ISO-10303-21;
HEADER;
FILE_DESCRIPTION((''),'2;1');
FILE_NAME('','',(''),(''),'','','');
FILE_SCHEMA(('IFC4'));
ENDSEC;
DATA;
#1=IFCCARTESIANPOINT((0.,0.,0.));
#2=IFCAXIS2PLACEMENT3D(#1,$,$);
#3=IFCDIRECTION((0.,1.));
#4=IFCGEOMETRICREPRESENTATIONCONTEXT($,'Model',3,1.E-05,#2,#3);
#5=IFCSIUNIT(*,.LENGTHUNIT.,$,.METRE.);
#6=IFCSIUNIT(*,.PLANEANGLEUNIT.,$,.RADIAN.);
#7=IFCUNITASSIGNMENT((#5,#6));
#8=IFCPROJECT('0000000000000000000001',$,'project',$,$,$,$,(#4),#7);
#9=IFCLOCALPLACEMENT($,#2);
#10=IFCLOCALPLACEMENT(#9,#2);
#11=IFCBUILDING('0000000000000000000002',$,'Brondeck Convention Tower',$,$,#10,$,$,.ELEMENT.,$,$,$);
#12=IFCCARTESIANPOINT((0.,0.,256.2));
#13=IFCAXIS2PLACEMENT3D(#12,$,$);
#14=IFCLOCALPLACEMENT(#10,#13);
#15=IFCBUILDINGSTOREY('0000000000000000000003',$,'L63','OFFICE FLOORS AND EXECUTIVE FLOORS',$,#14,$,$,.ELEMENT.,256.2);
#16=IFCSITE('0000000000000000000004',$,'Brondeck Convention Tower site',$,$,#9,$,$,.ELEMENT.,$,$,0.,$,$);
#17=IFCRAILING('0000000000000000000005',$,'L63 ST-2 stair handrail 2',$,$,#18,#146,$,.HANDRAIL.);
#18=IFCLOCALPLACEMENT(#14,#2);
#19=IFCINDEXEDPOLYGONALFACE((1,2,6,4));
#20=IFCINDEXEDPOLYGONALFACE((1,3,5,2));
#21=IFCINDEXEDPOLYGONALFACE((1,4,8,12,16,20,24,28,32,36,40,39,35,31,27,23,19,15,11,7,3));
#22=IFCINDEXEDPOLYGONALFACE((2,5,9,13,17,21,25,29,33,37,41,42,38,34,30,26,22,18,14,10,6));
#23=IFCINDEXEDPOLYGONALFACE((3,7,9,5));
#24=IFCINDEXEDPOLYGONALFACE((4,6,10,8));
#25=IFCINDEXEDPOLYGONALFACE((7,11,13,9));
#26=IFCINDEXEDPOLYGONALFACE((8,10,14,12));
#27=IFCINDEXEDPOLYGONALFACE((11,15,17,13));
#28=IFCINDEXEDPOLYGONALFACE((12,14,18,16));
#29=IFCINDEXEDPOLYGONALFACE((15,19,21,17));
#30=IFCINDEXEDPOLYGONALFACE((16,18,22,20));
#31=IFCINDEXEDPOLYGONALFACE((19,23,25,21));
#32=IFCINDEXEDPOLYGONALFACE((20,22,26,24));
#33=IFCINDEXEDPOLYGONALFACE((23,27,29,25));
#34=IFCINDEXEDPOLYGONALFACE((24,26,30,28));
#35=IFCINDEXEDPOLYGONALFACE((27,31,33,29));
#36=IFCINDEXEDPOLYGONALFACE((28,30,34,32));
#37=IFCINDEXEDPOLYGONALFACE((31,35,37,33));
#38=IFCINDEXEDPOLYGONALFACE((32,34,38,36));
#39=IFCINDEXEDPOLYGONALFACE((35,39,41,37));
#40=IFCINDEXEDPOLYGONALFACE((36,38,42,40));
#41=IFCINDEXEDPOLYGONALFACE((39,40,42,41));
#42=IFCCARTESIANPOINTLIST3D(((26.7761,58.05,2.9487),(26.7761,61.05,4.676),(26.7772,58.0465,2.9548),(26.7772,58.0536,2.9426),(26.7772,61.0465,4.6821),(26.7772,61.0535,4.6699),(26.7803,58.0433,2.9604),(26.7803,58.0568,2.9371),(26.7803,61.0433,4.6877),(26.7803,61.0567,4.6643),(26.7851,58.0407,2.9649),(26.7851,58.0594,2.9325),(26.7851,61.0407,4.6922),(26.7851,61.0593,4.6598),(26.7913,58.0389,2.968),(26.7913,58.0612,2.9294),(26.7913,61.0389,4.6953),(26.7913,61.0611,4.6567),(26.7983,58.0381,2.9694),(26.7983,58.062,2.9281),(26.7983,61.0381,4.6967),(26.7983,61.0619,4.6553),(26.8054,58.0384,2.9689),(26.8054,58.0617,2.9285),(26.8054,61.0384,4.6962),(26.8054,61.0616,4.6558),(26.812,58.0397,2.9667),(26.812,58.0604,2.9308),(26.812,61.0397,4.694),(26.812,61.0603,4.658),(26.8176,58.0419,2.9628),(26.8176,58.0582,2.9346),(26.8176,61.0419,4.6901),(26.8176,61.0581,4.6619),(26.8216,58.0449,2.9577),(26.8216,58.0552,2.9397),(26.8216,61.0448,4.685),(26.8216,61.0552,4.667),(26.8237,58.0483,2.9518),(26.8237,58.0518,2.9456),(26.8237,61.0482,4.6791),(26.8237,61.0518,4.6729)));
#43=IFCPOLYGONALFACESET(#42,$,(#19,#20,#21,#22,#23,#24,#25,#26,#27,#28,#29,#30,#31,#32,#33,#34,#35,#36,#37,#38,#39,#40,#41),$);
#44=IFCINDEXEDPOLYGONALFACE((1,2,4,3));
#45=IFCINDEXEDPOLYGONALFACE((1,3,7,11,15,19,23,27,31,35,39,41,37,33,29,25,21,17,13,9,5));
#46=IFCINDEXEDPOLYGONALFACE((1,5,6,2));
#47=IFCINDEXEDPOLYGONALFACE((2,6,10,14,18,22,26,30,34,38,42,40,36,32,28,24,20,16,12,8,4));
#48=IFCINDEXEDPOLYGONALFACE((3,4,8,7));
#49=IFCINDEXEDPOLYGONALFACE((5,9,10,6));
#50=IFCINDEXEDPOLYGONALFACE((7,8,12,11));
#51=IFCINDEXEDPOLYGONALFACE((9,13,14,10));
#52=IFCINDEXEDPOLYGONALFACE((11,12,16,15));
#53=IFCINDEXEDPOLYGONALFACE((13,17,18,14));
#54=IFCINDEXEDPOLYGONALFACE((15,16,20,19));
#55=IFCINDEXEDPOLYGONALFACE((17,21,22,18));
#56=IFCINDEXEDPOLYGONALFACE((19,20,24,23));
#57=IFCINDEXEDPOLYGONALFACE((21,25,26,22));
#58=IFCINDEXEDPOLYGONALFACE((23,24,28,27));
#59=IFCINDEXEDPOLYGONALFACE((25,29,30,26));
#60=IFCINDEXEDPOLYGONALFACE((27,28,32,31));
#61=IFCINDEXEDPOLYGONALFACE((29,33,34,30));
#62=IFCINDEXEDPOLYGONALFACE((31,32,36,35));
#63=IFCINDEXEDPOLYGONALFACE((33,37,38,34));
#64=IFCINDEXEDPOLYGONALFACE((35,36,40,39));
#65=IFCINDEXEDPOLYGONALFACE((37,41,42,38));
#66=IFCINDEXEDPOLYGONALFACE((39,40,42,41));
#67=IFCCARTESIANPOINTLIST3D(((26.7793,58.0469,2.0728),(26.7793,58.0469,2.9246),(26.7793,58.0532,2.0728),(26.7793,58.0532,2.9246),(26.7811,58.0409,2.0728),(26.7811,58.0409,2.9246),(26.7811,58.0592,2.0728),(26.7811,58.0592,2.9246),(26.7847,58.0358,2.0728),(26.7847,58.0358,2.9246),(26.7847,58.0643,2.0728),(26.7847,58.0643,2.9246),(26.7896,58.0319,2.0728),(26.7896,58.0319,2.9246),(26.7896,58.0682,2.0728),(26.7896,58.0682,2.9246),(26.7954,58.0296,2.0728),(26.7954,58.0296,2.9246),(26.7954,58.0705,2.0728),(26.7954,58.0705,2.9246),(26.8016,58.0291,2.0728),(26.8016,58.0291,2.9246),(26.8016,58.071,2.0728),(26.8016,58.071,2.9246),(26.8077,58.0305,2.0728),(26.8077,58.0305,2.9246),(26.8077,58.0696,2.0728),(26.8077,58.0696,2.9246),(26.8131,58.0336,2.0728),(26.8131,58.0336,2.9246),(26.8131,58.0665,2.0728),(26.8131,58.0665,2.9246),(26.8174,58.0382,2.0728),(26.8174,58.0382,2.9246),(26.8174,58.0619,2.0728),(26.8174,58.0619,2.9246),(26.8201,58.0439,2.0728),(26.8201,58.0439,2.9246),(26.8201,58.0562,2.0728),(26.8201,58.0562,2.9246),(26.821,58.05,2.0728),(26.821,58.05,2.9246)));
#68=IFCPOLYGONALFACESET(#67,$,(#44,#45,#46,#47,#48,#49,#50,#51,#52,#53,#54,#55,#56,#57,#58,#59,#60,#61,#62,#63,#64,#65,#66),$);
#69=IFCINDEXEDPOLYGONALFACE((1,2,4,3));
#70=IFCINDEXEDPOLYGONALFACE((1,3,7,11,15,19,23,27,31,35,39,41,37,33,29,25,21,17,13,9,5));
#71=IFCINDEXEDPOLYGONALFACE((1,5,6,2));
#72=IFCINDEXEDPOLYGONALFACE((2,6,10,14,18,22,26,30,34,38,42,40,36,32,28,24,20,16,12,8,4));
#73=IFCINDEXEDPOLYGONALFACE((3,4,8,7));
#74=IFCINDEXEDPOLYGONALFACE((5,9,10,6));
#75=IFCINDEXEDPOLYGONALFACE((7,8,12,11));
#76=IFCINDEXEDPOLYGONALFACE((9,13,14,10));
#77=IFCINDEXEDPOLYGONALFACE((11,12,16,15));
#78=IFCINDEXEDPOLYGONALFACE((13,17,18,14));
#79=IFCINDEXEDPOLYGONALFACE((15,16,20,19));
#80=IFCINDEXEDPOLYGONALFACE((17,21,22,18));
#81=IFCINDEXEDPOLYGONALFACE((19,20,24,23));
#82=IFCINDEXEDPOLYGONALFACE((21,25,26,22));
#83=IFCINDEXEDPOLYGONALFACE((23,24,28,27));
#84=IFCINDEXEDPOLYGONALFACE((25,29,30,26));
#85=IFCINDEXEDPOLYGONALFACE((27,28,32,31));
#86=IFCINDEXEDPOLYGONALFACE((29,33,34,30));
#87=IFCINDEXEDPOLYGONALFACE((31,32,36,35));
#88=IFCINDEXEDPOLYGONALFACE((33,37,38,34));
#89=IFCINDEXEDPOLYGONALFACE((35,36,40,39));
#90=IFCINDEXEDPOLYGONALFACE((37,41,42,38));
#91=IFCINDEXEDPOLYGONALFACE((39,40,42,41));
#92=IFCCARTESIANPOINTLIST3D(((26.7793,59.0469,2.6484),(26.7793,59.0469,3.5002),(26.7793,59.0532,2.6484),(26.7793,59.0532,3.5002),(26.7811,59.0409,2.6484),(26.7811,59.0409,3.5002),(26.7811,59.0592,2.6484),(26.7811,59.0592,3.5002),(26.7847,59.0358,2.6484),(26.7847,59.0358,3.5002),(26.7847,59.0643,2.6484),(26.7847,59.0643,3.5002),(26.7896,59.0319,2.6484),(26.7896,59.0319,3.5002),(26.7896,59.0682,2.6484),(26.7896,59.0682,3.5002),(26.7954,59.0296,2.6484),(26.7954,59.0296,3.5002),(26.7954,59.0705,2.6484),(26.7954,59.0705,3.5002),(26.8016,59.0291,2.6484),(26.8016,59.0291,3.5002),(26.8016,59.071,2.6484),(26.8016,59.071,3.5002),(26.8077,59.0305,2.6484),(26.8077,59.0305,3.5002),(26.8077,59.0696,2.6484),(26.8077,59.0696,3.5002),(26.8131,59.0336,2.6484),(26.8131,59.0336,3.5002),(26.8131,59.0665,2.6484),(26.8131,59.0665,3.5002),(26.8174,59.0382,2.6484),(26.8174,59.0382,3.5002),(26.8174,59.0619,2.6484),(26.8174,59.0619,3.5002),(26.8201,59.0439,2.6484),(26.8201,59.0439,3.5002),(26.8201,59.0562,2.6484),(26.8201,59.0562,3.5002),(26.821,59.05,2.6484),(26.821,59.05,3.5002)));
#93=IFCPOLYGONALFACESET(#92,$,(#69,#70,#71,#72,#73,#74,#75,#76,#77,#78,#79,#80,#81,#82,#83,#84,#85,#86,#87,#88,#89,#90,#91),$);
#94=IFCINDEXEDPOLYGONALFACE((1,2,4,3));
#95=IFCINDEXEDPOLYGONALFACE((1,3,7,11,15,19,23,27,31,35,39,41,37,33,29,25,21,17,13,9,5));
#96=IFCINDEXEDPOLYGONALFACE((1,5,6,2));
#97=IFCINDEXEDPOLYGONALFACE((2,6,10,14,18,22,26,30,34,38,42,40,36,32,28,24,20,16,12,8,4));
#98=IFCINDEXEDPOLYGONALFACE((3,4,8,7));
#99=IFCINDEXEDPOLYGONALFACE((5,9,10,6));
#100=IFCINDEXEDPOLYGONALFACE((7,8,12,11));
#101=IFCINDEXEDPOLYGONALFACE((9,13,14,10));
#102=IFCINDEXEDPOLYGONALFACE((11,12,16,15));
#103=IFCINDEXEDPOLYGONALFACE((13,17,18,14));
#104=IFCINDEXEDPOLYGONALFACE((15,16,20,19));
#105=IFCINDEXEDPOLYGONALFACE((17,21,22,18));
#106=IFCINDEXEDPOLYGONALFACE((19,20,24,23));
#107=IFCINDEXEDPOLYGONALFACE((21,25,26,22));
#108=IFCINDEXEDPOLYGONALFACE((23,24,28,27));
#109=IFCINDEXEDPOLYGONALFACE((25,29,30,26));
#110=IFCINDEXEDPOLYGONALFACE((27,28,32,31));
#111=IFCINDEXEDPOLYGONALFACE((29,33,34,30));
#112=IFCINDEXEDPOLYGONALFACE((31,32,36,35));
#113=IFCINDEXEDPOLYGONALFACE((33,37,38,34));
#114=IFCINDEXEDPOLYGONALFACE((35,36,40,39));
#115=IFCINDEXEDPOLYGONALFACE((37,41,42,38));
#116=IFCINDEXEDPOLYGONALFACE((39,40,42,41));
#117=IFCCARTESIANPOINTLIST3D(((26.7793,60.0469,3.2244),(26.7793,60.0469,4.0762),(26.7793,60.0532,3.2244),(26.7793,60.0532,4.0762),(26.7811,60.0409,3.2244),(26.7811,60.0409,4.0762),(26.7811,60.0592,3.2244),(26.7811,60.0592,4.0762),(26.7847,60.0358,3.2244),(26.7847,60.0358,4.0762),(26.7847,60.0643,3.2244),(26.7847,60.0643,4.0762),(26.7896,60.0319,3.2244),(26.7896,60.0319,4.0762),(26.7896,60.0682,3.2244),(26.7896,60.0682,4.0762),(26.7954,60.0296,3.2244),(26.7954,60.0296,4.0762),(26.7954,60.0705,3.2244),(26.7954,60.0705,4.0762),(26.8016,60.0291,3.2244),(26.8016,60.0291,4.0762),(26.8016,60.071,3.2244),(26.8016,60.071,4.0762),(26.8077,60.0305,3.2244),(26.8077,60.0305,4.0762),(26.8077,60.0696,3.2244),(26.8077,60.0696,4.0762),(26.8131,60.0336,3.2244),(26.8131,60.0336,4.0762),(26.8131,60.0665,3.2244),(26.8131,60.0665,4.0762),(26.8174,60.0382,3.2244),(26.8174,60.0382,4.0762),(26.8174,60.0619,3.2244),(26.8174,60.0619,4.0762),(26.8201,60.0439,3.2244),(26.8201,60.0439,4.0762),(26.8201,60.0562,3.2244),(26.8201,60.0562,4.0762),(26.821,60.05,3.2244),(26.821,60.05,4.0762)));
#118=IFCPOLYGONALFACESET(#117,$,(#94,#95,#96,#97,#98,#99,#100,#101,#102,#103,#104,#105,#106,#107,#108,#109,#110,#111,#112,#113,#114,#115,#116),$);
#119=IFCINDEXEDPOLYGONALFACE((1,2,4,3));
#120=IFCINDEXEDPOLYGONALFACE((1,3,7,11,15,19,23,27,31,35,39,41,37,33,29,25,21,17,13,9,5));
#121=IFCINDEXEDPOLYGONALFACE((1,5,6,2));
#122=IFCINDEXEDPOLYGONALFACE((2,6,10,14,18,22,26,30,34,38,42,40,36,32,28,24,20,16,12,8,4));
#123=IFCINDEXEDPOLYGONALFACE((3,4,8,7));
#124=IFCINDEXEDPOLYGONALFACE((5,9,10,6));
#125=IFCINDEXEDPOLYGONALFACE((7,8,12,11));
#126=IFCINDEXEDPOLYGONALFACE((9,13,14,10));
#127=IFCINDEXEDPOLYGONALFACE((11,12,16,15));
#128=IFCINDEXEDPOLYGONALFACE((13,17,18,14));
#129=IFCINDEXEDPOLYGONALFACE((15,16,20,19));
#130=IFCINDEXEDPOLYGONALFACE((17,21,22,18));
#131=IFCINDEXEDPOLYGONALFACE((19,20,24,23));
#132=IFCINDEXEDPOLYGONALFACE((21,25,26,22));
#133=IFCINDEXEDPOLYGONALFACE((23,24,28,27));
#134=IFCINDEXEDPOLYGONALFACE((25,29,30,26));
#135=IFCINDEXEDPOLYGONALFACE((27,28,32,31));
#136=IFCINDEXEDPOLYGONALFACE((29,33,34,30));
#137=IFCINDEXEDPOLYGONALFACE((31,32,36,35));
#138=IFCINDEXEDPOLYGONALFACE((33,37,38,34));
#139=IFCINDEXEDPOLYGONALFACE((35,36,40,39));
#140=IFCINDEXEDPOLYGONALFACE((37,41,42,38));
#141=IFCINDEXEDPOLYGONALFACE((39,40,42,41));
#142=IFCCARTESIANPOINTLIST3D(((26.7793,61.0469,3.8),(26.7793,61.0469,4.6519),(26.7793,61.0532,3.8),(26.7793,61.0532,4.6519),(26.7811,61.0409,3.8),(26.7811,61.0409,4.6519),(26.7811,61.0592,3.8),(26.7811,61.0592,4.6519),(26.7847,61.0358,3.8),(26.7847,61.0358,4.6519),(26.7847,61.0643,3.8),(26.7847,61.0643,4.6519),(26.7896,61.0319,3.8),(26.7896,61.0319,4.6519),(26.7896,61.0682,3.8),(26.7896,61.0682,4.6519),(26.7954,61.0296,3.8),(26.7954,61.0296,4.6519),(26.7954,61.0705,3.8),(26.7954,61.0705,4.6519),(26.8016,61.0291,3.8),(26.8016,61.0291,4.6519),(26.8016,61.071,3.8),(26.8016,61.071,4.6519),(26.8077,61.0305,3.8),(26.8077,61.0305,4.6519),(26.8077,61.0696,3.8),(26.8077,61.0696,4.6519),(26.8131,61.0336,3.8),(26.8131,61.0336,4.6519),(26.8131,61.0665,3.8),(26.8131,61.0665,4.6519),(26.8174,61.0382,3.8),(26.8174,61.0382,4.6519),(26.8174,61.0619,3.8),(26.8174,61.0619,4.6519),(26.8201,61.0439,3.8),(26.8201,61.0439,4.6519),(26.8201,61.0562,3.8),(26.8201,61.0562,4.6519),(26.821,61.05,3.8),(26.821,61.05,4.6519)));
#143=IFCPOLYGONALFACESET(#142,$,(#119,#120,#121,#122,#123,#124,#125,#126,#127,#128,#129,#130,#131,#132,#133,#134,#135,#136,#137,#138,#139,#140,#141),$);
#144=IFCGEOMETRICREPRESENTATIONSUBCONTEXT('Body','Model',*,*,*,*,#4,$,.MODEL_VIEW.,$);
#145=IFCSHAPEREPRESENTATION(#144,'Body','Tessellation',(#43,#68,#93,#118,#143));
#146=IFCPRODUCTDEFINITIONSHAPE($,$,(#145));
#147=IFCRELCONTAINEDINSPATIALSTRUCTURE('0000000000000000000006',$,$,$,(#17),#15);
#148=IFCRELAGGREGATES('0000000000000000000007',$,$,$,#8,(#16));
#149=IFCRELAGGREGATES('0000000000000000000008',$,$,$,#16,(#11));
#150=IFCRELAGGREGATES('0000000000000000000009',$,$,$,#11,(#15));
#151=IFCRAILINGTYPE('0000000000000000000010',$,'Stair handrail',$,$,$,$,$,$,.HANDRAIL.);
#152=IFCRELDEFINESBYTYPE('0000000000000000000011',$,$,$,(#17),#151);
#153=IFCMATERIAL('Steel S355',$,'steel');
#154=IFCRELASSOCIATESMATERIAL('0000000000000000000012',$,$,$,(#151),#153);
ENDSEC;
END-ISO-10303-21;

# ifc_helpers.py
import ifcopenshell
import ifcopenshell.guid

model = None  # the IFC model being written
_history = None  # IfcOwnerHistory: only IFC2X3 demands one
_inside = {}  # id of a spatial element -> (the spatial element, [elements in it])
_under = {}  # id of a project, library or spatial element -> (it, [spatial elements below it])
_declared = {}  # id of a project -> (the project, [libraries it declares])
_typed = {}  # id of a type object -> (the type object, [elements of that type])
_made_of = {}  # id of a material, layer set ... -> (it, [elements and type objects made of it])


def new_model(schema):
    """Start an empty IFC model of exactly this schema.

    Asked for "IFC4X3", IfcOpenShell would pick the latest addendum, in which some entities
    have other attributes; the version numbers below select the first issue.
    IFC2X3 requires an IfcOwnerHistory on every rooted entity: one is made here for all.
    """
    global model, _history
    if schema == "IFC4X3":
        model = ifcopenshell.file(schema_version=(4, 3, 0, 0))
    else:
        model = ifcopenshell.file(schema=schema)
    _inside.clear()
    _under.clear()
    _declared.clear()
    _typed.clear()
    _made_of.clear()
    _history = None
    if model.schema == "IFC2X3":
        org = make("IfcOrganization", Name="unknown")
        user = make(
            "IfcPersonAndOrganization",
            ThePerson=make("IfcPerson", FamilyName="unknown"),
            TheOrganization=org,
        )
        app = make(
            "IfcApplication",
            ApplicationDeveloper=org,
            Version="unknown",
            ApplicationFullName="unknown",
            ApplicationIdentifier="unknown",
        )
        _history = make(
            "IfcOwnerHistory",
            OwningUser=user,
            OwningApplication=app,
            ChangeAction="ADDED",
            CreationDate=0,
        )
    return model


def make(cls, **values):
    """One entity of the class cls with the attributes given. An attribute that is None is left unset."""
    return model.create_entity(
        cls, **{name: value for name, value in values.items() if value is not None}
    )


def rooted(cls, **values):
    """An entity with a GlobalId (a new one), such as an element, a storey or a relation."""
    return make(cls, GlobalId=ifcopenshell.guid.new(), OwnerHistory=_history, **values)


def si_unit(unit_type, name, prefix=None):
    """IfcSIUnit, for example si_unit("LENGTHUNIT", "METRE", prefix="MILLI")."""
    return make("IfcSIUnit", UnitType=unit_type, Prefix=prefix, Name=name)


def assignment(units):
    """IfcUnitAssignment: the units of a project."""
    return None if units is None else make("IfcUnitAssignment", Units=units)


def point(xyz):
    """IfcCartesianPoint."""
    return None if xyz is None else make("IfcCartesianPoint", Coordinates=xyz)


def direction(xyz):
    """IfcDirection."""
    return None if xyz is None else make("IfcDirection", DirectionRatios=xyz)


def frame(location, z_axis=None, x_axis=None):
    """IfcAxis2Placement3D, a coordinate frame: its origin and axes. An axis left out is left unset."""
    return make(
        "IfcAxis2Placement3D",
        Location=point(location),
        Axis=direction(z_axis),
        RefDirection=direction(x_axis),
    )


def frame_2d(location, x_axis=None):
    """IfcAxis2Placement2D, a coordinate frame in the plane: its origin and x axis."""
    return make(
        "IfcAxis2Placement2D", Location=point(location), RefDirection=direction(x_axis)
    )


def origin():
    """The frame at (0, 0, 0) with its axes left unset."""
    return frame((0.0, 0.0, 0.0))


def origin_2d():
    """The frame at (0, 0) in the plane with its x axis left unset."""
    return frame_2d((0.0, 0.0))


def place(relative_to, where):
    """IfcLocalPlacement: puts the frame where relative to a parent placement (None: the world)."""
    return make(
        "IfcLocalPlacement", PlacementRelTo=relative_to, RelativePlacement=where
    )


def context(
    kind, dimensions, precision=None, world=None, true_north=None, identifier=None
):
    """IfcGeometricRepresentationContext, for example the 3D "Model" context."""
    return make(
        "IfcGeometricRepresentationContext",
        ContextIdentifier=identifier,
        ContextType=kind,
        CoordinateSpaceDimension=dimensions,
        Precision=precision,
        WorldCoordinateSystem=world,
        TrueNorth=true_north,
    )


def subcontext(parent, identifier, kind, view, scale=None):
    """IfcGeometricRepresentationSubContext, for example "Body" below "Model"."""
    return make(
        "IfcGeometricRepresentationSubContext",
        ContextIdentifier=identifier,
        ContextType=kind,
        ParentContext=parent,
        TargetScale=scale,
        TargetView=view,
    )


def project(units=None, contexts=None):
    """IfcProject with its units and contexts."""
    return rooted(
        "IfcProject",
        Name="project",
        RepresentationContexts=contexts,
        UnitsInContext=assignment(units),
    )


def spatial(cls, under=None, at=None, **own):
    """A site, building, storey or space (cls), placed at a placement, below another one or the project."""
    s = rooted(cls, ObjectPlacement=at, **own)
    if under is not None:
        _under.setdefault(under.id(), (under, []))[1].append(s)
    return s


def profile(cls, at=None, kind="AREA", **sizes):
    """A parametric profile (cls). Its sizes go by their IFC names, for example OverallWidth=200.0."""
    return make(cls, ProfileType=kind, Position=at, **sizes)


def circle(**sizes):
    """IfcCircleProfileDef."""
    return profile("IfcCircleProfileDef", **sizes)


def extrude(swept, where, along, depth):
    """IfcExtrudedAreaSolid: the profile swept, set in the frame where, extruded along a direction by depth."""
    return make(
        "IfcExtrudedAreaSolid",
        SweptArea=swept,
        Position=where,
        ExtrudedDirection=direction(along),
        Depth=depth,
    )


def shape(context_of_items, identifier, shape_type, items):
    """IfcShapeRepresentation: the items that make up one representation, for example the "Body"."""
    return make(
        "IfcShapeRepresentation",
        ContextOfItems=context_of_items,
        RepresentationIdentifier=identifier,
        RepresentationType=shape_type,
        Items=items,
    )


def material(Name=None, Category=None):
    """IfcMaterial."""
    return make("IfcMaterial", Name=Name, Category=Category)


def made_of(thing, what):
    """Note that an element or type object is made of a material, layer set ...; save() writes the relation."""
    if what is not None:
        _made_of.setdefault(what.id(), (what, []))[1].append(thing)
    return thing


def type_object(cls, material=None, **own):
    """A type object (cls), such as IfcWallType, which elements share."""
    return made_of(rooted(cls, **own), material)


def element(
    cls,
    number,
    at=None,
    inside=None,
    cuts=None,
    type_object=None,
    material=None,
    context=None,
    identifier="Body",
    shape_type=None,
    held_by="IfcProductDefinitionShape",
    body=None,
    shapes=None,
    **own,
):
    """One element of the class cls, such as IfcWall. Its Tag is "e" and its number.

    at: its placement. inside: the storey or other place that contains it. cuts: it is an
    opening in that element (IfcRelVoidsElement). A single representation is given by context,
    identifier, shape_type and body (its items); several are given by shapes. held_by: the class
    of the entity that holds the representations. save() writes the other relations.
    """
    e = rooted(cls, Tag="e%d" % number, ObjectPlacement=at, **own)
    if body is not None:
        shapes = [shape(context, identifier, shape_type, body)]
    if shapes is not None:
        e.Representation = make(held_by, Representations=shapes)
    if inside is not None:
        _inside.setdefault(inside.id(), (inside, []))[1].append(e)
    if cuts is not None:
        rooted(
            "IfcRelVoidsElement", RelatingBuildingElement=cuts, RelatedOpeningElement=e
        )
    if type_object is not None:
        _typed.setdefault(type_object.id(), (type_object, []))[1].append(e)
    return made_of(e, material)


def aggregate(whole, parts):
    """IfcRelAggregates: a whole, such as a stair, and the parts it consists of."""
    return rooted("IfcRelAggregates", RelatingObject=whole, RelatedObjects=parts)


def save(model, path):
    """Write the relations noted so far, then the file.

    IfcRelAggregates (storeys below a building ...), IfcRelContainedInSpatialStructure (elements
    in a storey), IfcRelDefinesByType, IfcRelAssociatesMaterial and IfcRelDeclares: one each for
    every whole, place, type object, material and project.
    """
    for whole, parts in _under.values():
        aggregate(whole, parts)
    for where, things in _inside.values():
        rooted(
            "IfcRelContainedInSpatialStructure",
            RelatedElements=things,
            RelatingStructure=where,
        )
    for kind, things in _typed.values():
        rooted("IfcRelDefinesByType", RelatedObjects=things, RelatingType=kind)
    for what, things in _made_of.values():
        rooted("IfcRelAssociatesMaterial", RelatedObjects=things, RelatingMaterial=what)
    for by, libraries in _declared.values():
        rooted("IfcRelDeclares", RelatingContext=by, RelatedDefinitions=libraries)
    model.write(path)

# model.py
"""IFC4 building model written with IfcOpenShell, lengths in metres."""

from ifc_helpers import new_model, si_unit, direction, frame, origin, origin_2d, place, context, subcontext, project, spatial, circle, extrude, material, type_object, element, save


model = new_model("IFC4")

# Units and contexts
model_context = context("Model", 3, precision=1e-05, world=origin(), true_north=direction((0.0, 1.0)))
body_context = subcontext(model_context, "Body", "Model", "MODEL_VIEW")
ifc_project = project(units=[si_unit("LENGTHUNIT", "METRE"), si_unit("PLANEANGLEUNIT", "RADIAN")], contexts=[model_context])

# Site, building, storey
site_placement = place(None, origin())
site = spatial("IfcSite", under=ifc_project, at=site_placement, Name="Brondeck Convention Tower site", CompositionType="ELEMENT", RefElevation=0.0)
building_placement = place(site_placement, origin())
building = spatial("IfcBuilding", under=site, at=building_placement, Name="Brondeck Convention Tower", CompositionType="ELEMENT")
storey_placement = place(building_placement, frame((0.0, 0.0, 256.2)))
storey = spatial("IfcBuildingStorey", under=building, at=storey_placement, Name="L63", Description="OFFICE FLOORS AND EXECUTIVE FLOORS", CompositionType="ELEMENT", Elevation=256.2)

# Shared definitions
ifc_material_1 = material(Name="Steel S355", Category="steel")

# Railing
railing_type = type_object("IfcRailingType", Name="Stair handrail", PredefinedType="HANDRAIL", material=ifc_material_1)
railing_placement = place(storey_placement, frame((26.8, 58.05, 2.0728)))
element("IfcRailing", 1, at=railing_placement, inside=storey, type_object=railing_type, Name="L63 ST-2 stair handrail 2", PredefinedType="HANDRAIL", context=body_context, shape_type="SweptSolid", body=[
    extrude(circle(Radius=0.0239, at=origin_2d()), frame((0.0, 0.0, 0.876), z_axis=(0.0, 0.86662, 0.498969), x_axis=(-1.0, 0.0, 0.0)), (0.0, 0.0, 1.0), 3.4617),
    extrude(circle(Radius=0.021, at=origin_2d()), origin(), (0.0, 0.0, 1.0), 0.8518),
    extrude(circle(Radius=0.021, at=origin_2d()), frame((0.0, 1.0, 0.5757)), (0.0, 0.0, 1.0), 0.8518),
    extrude(circle(Radius=0.021, at=origin_2d()), frame((0.0, 2.0, 1.1516)), (0.0, 0.0, 1.0), 0.8518),
    extrude(circle(Radius=0.021, at=origin_2d()), frame((0.0, 3.0, 1.7273)), (0.0, 0.0, 1.0), 0.8518),
])

save(model, "model.ifc")
